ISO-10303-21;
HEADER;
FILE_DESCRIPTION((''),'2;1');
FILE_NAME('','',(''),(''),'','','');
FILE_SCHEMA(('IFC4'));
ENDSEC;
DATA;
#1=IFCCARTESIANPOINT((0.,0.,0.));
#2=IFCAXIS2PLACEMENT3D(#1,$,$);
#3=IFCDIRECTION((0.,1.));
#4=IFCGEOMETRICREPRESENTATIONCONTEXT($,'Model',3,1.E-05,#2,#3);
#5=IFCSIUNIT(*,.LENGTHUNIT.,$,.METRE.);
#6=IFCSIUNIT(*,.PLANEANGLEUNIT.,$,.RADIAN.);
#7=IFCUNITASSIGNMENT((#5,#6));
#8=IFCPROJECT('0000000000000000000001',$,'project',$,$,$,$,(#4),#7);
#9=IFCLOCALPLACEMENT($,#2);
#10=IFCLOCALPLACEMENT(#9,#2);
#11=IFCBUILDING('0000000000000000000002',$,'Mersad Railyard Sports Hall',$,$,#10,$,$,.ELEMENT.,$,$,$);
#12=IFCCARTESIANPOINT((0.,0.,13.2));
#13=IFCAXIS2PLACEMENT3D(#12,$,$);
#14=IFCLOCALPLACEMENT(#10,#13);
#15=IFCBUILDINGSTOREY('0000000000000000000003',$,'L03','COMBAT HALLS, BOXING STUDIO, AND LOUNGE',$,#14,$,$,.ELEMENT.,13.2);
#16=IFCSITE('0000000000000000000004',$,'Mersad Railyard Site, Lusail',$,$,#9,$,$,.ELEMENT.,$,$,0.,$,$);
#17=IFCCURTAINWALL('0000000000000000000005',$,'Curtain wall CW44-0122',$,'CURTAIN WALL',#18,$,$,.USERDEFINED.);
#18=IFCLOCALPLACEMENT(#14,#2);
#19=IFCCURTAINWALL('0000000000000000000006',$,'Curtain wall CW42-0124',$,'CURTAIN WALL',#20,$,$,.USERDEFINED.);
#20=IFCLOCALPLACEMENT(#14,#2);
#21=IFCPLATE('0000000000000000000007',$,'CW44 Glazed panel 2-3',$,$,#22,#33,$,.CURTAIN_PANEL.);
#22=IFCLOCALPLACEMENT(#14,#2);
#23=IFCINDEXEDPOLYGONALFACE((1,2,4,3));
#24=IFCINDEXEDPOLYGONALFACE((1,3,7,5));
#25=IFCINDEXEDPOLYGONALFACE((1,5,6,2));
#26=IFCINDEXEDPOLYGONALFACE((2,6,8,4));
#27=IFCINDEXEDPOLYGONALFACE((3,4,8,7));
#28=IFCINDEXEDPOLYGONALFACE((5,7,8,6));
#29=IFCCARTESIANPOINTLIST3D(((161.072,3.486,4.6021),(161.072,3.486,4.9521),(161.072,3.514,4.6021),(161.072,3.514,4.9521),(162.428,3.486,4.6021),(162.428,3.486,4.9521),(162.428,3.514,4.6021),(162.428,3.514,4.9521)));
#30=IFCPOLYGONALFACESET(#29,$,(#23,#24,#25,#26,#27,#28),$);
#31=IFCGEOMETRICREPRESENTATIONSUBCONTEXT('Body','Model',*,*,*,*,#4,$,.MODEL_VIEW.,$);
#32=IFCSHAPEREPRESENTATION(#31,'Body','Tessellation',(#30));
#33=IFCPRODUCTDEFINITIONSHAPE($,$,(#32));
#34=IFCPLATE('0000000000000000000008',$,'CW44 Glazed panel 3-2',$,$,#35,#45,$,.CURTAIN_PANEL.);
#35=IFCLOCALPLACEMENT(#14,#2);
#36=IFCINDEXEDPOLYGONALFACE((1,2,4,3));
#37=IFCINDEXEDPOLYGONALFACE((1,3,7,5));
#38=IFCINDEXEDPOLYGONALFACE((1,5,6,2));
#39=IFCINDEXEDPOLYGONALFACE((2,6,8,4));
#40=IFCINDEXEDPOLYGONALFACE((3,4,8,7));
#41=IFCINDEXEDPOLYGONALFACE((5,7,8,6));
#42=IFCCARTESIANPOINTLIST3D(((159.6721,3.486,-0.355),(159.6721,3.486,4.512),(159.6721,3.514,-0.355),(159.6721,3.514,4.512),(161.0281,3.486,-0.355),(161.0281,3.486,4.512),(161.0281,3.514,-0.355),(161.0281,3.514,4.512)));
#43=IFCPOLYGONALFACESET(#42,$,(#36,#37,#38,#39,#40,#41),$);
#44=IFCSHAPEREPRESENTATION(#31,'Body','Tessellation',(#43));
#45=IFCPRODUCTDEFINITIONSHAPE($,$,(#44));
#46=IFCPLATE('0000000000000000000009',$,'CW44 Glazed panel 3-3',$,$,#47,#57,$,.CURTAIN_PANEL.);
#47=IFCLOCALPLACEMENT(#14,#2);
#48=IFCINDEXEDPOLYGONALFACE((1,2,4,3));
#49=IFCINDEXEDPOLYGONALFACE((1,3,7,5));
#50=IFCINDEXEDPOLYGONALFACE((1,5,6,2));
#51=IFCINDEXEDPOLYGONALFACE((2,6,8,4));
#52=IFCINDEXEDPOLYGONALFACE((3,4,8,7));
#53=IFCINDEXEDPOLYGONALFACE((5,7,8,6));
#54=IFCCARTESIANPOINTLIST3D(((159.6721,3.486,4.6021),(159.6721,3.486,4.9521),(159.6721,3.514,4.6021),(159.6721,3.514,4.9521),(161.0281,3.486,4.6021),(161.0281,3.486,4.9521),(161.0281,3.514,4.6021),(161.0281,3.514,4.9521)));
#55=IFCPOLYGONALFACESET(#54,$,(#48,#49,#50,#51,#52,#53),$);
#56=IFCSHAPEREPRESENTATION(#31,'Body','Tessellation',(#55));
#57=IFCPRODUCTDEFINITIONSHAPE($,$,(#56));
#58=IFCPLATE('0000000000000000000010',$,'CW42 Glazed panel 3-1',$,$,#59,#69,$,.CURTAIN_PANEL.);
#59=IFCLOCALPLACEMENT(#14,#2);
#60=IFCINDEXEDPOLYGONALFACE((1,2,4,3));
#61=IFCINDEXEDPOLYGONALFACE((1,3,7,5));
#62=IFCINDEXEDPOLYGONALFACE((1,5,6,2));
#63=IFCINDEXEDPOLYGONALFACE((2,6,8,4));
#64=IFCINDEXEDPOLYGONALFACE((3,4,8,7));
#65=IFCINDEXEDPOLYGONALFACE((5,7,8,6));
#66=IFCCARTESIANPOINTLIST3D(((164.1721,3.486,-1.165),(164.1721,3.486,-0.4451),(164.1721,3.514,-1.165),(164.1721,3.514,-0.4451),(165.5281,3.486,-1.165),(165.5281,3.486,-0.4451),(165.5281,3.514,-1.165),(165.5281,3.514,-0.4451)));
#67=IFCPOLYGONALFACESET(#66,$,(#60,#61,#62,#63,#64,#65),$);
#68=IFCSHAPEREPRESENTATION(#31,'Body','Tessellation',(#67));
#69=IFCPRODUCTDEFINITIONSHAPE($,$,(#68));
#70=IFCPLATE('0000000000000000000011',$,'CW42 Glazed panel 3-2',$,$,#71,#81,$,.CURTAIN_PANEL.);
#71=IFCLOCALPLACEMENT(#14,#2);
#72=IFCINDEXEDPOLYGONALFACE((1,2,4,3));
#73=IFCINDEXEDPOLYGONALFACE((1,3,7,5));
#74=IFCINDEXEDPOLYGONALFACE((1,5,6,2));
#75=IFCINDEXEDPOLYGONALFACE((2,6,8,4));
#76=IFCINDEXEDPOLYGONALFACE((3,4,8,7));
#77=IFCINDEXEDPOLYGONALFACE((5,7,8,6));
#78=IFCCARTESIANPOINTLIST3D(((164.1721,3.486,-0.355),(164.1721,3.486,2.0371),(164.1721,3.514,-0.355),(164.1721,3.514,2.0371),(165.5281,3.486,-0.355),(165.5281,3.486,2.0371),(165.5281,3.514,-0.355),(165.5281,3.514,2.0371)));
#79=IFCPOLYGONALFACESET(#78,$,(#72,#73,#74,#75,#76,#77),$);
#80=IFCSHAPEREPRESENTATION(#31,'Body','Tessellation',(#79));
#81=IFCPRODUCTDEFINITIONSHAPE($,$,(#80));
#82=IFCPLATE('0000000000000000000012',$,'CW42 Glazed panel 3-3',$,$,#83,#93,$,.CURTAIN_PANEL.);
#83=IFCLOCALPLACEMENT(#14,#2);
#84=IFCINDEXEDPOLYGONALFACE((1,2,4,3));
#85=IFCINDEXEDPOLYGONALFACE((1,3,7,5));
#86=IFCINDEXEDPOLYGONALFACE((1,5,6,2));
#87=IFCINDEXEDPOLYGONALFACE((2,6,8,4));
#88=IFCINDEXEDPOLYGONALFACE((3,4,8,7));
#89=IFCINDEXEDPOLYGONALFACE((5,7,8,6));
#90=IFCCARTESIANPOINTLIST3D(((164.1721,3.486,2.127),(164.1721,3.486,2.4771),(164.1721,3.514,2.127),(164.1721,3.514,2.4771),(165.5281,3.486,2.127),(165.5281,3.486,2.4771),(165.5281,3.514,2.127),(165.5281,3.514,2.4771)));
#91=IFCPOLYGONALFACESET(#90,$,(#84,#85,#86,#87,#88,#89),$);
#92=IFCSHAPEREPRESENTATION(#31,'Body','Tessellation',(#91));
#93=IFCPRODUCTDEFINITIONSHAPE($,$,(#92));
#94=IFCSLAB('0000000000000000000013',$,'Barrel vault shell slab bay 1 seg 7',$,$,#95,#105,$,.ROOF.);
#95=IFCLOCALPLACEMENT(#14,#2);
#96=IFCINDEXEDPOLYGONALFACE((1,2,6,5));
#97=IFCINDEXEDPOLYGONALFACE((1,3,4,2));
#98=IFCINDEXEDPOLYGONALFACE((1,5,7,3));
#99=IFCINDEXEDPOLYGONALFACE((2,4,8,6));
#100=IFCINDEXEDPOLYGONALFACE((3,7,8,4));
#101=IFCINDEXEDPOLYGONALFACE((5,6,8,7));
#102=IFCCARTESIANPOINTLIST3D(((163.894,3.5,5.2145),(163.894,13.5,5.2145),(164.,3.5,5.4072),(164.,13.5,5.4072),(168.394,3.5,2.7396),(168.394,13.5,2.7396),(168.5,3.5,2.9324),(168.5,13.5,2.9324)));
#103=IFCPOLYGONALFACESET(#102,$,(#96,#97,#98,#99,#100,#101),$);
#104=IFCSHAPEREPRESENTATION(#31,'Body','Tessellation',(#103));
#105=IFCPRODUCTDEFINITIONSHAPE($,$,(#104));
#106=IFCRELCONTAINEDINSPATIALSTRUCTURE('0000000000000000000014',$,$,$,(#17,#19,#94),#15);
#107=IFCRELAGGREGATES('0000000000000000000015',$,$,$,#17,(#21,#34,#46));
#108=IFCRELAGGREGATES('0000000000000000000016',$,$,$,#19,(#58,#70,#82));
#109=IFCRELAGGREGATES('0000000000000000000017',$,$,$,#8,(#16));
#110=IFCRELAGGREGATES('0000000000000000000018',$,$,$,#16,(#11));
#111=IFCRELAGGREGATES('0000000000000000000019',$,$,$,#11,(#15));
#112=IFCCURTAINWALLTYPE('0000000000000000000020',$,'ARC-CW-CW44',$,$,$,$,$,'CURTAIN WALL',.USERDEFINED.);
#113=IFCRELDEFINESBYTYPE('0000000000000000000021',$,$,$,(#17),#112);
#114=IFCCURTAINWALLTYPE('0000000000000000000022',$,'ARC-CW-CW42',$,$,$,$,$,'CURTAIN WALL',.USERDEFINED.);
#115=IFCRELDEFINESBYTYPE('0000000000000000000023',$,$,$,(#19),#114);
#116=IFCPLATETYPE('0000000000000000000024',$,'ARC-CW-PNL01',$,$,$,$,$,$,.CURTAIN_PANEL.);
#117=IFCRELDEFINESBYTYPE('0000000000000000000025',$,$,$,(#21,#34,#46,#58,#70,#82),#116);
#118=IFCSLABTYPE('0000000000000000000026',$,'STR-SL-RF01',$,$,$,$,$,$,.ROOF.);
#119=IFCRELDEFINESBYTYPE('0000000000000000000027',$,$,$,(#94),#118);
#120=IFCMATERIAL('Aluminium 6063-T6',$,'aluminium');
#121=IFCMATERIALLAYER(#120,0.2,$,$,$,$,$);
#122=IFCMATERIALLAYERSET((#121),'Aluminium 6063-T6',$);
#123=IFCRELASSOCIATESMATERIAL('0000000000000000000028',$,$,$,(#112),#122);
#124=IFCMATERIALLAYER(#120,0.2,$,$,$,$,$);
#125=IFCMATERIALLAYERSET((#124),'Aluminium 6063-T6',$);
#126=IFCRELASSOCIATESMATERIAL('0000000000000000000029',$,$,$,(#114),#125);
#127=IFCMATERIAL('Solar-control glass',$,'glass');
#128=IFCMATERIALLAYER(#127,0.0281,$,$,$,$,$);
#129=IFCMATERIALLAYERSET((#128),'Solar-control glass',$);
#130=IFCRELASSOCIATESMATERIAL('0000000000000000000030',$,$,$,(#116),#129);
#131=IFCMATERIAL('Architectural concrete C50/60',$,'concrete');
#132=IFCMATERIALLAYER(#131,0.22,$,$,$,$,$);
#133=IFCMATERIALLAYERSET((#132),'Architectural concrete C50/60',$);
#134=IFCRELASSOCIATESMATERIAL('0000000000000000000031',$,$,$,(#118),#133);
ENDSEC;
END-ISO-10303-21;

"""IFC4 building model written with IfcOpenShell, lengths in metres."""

from ifc_helpers import new_model, si_unit, direction, frame, origin, origin_2d, place, context, subcontext, project, spatial, polyline, rectangle, outline, extrude, material, layer, layer_set, type_object, element, aggregate, save


model = new_model("IFC4")

# Units and contexts
model_context = context("Model", 3, precision=1e-05, world=origin(), true_north=direction((0.0, 1.0)))
body_context = subcontext(model_context, "Body", "Model", "MODEL_VIEW")
ifc_project = project(units=[si_unit("LENGTHUNIT", "METRE"), si_unit("PLANEANGLEUNIT", "RADIAN")], contexts=[model_context])

# Site, building, storey
site_placement = place(None, origin())
site = spatial("IfcSite", under=ifc_project, at=site_placement, Name="Mersad Railyard Site, Lusail", CompositionType="ELEMENT", RefElevation=0.0)
building_placement = place(site_placement, origin())
building = spatial("IfcBuilding", under=site, at=building_placement, Name="Mersad Railyard Sports Hall", CompositionType="ELEMENT")
storey_placement = place(building_placement, frame((0.0, 0.0, 13.2)))
storey = spatial("IfcBuildingStorey", under=building, at=storey_placement, Name="L03", Description="COMBAT HALLS, BOXING STUDIO, AND LOUNGE", CompositionType="ELEMENT", Elevation=13.2)

# Curtain wall
ifc_material_1 = material(Name="Aluminium 6063-T6", Category="aluminium")
ifc_layer_1 = layer(ifc_material_1, 0.2)
ifc_layer_set_1 = layer_set([ifc_layer_1], Name="Aluminium 6063-T6")
curtain_wall_type_1 = type_object("IfcCurtainWallType", Name="ARC-CW-CW44", ElementType="CURTAIN WALL", PredefinedType="USERDEFINED", material=ifc_layer_set_1)
curtain_wall_1_placement = place(storey_placement, origin())
curtain_wall_1 = element("IfcCurtainWall", 1, at=curtain_wall_1_placement, inside=storey, type_object=curtain_wall_type_1, Name="Curtain wall CW44-0122", ObjectType="CURTAIN WALL", PredefinedType="USERDEFINED")

# Curtain wall
ifc_layer_2 = layer(ifc_material_1, 0.2)
ifc_layer_set_2 = layer_set([ifc_layer_2], Name="Aluminium 6063-T6")
curtain_wall_type_2 = type_object("IfcCurtainWallType", Name="ARC-CW-CW42", ElementType="CURTAIN WALL", PredefinedType="USERDEFINED", material=ifc_layer_set_2)
curtain_wall_2_placement = place(storey_placement, origin())
curtain_wall_2 = element("IfcCurtainWall", 2, at=curtain_wall_2_placement, inside=storey, type_object=curtain_wall_type_2, Name="Curtain wall CW42-0124", ObjectType="CURTAIN WALL", PredefinedType="USERDEFINED")

# Plates
ifc_material_2 = material(Name="Solar-control glass", Category="glass")
ifc_layer_3 = layer(ifc_material_2, 0.0281)
ifc_layer_set_3 = layer_set([ifc_layer_3], Name="Solar-control glass")
plate_type = type_object("IfcPlateType", Name="ARC-CW-PNL01", PredefinedType="CURTAIN_PANEL", material=ifc_layer_set_3)
plate_1_placement = place(storey_placement, frame((161.75, 3.5, 4.6021), z_axis=(0.0, 0.0, 1.0), x_axis=(-1.0, 0.0, 0.0)))
plate_1 = element("IfcPlate", 3, at=plate_1_placement, type_object=plate_type, Name="CW44 Glazed panel 2-3", PredefinedType="CURTAIN_PANEL", context=body_context, shape_type="SweptSolid", body=[
    extrude(rectangle(XDim=1.356, YDim=0.0281, at=origin_2d()), origin(), (0.0, 0.0, 1.0), 0.3501),
])
plate_2_placement = place(storey_placement, frame((160.3501, 3.5, -0.355), z_axis=(0.0, 0.0, 1.0), x_axis=(-1.0, 0.0, 0.0)))
plate_2 = element("IfcPlate", 4, at=plate_2_placement, type_object=plate_type, Name="CW44 Glazed panel 3-2", PredefinedType="CURTAIN_PANEL", context=body_context, shape_type="SweptSolid", body=[
    extrude(rectangle(XDim=1.356, YDim=0.0281, at=origin_2d()), origin(), (0.0, 0.0, 1.0), 4.8669),
])
plate_3_placement = place(storey_placement, frame((160.3501, 3.5, 4.6021), z_axis=(0.0, 0.0, 1.0), x_axis=(-1.0, 0.0, 0.0)))
plate_3 = element("IfcPlate", 5, at=plate_3_placement, type_object=plate_type, Name="CW44 Glazed panel 3-3", PredefinedType="CURTAIN_PANEL", context=body_context, shape_type="SweptSolid", body=[
    extrude(rectangle(XDim=1.356, YDim=0.0281, at=origin_2d()), origin(), (0.0, 0.0, 1.0), 0.3501),
])
aggregate(curtain_wall_1, [plate_1, plate_2, plate_3])
plate_4_placement = place(storey_placement, frame((164.8501, 3.5, -1.165), z_axis=(0.0, 0.0, 1.0), x_axis=(-1.0, 0.0, 0.0)))
plate_4 = element("IfcPlate", 6, at=plate_4_placement, type_object=plate_type, Name="CW42 Glazed panel 3-1", PredefinedType="CURTAIN_PANEL", context=body_context, shape_type="SweptSolid", body=[
    extrude(rectangle(XDim=1.356, YDim=0.0281, at=origin_2d()), origin(), (0.0, 0.0, 1.0), 0.72),
])
plate_5_placement = place(storey_placement, frame((164.8501, 3.5, -0.355), z_axis=(0.0, 0.0, 1.0), x_axis=(-1.0, 0.0, 0.0)))
plate_5 = element("IfcPlate", 7, at=plate_5_placement, type_object=plate_type, Name="CW42 Glazed panel 3-2", PredefinedType="CURTAIN_PANEL", context=body_context, shape_type="SweptSolid", body=[
    extrude(rectangle(XDim=1.356, YDim=0.0281, at=origin_2d()), origin(), (0.0, 0.0, 1.0), 2.3921),
])
plate_6_placement = place(storey_placement, frame((164.8501, 3.5, 2.127), z_axis=(0.0, 0.0, 1.0), x_axis=(-1.0, 0.0, 0.0)))
plate_6 = element("IfcPlate", 8, at=plate_6_placement, type_object=plate_type, Name="CW42 Glazed panel 3-3", PredefinedType="CURTAIN_PANEL", context=body_context, shape_type="SweptSolid", body=[
    extrude(rectangle(XDim=1.356, YDim=0.0281, at=origin_2d()), origin(), (0.0, 0.0, 1.0), 0.3501),
])
aggregate(curtain_wall_2, [plate_4, plate_5, plate_6])

# Slab
ifc_material_3 = material(Name="Architectural concrete C50/60", Category="concrete")
ifc_layer_4 = layer(ifc_material_3, 0.22)
ifc_layer_set_4 = layer_set([ifc_layer_4], Name="Architectural concrete C50/60")
slab_type = type_object("IfcSlabType", Name="STR-SL-RF01", PredefinedType="ROOF", material=ifc_layer_set_4)
slab_placement = place(storey_placement, frame((164.0, 3.5, 5.4072), z_axis=(0.481897, 0.0, 0.876228), x_axis=(0.876228, 0.0, -0.481897)))
element("IfcSlab", 9, at=slab_placement, inside=storey, type_object=slab_type, Name="Barrel vault shell slab bay 1 seg 7", PredefinedType="ROOF", context=body_context, shape_type="SweptSolid", body=[
    extrude(outline(polyline([(0.0, 0.0), (5.1356, 0.0), (5.1356, 10.0), (0.0, 10.0), (0.0, 0.0)])), origin(), (0.0, 0.0, -1.0), 0.22),
])

save(model, "model.ifc")
